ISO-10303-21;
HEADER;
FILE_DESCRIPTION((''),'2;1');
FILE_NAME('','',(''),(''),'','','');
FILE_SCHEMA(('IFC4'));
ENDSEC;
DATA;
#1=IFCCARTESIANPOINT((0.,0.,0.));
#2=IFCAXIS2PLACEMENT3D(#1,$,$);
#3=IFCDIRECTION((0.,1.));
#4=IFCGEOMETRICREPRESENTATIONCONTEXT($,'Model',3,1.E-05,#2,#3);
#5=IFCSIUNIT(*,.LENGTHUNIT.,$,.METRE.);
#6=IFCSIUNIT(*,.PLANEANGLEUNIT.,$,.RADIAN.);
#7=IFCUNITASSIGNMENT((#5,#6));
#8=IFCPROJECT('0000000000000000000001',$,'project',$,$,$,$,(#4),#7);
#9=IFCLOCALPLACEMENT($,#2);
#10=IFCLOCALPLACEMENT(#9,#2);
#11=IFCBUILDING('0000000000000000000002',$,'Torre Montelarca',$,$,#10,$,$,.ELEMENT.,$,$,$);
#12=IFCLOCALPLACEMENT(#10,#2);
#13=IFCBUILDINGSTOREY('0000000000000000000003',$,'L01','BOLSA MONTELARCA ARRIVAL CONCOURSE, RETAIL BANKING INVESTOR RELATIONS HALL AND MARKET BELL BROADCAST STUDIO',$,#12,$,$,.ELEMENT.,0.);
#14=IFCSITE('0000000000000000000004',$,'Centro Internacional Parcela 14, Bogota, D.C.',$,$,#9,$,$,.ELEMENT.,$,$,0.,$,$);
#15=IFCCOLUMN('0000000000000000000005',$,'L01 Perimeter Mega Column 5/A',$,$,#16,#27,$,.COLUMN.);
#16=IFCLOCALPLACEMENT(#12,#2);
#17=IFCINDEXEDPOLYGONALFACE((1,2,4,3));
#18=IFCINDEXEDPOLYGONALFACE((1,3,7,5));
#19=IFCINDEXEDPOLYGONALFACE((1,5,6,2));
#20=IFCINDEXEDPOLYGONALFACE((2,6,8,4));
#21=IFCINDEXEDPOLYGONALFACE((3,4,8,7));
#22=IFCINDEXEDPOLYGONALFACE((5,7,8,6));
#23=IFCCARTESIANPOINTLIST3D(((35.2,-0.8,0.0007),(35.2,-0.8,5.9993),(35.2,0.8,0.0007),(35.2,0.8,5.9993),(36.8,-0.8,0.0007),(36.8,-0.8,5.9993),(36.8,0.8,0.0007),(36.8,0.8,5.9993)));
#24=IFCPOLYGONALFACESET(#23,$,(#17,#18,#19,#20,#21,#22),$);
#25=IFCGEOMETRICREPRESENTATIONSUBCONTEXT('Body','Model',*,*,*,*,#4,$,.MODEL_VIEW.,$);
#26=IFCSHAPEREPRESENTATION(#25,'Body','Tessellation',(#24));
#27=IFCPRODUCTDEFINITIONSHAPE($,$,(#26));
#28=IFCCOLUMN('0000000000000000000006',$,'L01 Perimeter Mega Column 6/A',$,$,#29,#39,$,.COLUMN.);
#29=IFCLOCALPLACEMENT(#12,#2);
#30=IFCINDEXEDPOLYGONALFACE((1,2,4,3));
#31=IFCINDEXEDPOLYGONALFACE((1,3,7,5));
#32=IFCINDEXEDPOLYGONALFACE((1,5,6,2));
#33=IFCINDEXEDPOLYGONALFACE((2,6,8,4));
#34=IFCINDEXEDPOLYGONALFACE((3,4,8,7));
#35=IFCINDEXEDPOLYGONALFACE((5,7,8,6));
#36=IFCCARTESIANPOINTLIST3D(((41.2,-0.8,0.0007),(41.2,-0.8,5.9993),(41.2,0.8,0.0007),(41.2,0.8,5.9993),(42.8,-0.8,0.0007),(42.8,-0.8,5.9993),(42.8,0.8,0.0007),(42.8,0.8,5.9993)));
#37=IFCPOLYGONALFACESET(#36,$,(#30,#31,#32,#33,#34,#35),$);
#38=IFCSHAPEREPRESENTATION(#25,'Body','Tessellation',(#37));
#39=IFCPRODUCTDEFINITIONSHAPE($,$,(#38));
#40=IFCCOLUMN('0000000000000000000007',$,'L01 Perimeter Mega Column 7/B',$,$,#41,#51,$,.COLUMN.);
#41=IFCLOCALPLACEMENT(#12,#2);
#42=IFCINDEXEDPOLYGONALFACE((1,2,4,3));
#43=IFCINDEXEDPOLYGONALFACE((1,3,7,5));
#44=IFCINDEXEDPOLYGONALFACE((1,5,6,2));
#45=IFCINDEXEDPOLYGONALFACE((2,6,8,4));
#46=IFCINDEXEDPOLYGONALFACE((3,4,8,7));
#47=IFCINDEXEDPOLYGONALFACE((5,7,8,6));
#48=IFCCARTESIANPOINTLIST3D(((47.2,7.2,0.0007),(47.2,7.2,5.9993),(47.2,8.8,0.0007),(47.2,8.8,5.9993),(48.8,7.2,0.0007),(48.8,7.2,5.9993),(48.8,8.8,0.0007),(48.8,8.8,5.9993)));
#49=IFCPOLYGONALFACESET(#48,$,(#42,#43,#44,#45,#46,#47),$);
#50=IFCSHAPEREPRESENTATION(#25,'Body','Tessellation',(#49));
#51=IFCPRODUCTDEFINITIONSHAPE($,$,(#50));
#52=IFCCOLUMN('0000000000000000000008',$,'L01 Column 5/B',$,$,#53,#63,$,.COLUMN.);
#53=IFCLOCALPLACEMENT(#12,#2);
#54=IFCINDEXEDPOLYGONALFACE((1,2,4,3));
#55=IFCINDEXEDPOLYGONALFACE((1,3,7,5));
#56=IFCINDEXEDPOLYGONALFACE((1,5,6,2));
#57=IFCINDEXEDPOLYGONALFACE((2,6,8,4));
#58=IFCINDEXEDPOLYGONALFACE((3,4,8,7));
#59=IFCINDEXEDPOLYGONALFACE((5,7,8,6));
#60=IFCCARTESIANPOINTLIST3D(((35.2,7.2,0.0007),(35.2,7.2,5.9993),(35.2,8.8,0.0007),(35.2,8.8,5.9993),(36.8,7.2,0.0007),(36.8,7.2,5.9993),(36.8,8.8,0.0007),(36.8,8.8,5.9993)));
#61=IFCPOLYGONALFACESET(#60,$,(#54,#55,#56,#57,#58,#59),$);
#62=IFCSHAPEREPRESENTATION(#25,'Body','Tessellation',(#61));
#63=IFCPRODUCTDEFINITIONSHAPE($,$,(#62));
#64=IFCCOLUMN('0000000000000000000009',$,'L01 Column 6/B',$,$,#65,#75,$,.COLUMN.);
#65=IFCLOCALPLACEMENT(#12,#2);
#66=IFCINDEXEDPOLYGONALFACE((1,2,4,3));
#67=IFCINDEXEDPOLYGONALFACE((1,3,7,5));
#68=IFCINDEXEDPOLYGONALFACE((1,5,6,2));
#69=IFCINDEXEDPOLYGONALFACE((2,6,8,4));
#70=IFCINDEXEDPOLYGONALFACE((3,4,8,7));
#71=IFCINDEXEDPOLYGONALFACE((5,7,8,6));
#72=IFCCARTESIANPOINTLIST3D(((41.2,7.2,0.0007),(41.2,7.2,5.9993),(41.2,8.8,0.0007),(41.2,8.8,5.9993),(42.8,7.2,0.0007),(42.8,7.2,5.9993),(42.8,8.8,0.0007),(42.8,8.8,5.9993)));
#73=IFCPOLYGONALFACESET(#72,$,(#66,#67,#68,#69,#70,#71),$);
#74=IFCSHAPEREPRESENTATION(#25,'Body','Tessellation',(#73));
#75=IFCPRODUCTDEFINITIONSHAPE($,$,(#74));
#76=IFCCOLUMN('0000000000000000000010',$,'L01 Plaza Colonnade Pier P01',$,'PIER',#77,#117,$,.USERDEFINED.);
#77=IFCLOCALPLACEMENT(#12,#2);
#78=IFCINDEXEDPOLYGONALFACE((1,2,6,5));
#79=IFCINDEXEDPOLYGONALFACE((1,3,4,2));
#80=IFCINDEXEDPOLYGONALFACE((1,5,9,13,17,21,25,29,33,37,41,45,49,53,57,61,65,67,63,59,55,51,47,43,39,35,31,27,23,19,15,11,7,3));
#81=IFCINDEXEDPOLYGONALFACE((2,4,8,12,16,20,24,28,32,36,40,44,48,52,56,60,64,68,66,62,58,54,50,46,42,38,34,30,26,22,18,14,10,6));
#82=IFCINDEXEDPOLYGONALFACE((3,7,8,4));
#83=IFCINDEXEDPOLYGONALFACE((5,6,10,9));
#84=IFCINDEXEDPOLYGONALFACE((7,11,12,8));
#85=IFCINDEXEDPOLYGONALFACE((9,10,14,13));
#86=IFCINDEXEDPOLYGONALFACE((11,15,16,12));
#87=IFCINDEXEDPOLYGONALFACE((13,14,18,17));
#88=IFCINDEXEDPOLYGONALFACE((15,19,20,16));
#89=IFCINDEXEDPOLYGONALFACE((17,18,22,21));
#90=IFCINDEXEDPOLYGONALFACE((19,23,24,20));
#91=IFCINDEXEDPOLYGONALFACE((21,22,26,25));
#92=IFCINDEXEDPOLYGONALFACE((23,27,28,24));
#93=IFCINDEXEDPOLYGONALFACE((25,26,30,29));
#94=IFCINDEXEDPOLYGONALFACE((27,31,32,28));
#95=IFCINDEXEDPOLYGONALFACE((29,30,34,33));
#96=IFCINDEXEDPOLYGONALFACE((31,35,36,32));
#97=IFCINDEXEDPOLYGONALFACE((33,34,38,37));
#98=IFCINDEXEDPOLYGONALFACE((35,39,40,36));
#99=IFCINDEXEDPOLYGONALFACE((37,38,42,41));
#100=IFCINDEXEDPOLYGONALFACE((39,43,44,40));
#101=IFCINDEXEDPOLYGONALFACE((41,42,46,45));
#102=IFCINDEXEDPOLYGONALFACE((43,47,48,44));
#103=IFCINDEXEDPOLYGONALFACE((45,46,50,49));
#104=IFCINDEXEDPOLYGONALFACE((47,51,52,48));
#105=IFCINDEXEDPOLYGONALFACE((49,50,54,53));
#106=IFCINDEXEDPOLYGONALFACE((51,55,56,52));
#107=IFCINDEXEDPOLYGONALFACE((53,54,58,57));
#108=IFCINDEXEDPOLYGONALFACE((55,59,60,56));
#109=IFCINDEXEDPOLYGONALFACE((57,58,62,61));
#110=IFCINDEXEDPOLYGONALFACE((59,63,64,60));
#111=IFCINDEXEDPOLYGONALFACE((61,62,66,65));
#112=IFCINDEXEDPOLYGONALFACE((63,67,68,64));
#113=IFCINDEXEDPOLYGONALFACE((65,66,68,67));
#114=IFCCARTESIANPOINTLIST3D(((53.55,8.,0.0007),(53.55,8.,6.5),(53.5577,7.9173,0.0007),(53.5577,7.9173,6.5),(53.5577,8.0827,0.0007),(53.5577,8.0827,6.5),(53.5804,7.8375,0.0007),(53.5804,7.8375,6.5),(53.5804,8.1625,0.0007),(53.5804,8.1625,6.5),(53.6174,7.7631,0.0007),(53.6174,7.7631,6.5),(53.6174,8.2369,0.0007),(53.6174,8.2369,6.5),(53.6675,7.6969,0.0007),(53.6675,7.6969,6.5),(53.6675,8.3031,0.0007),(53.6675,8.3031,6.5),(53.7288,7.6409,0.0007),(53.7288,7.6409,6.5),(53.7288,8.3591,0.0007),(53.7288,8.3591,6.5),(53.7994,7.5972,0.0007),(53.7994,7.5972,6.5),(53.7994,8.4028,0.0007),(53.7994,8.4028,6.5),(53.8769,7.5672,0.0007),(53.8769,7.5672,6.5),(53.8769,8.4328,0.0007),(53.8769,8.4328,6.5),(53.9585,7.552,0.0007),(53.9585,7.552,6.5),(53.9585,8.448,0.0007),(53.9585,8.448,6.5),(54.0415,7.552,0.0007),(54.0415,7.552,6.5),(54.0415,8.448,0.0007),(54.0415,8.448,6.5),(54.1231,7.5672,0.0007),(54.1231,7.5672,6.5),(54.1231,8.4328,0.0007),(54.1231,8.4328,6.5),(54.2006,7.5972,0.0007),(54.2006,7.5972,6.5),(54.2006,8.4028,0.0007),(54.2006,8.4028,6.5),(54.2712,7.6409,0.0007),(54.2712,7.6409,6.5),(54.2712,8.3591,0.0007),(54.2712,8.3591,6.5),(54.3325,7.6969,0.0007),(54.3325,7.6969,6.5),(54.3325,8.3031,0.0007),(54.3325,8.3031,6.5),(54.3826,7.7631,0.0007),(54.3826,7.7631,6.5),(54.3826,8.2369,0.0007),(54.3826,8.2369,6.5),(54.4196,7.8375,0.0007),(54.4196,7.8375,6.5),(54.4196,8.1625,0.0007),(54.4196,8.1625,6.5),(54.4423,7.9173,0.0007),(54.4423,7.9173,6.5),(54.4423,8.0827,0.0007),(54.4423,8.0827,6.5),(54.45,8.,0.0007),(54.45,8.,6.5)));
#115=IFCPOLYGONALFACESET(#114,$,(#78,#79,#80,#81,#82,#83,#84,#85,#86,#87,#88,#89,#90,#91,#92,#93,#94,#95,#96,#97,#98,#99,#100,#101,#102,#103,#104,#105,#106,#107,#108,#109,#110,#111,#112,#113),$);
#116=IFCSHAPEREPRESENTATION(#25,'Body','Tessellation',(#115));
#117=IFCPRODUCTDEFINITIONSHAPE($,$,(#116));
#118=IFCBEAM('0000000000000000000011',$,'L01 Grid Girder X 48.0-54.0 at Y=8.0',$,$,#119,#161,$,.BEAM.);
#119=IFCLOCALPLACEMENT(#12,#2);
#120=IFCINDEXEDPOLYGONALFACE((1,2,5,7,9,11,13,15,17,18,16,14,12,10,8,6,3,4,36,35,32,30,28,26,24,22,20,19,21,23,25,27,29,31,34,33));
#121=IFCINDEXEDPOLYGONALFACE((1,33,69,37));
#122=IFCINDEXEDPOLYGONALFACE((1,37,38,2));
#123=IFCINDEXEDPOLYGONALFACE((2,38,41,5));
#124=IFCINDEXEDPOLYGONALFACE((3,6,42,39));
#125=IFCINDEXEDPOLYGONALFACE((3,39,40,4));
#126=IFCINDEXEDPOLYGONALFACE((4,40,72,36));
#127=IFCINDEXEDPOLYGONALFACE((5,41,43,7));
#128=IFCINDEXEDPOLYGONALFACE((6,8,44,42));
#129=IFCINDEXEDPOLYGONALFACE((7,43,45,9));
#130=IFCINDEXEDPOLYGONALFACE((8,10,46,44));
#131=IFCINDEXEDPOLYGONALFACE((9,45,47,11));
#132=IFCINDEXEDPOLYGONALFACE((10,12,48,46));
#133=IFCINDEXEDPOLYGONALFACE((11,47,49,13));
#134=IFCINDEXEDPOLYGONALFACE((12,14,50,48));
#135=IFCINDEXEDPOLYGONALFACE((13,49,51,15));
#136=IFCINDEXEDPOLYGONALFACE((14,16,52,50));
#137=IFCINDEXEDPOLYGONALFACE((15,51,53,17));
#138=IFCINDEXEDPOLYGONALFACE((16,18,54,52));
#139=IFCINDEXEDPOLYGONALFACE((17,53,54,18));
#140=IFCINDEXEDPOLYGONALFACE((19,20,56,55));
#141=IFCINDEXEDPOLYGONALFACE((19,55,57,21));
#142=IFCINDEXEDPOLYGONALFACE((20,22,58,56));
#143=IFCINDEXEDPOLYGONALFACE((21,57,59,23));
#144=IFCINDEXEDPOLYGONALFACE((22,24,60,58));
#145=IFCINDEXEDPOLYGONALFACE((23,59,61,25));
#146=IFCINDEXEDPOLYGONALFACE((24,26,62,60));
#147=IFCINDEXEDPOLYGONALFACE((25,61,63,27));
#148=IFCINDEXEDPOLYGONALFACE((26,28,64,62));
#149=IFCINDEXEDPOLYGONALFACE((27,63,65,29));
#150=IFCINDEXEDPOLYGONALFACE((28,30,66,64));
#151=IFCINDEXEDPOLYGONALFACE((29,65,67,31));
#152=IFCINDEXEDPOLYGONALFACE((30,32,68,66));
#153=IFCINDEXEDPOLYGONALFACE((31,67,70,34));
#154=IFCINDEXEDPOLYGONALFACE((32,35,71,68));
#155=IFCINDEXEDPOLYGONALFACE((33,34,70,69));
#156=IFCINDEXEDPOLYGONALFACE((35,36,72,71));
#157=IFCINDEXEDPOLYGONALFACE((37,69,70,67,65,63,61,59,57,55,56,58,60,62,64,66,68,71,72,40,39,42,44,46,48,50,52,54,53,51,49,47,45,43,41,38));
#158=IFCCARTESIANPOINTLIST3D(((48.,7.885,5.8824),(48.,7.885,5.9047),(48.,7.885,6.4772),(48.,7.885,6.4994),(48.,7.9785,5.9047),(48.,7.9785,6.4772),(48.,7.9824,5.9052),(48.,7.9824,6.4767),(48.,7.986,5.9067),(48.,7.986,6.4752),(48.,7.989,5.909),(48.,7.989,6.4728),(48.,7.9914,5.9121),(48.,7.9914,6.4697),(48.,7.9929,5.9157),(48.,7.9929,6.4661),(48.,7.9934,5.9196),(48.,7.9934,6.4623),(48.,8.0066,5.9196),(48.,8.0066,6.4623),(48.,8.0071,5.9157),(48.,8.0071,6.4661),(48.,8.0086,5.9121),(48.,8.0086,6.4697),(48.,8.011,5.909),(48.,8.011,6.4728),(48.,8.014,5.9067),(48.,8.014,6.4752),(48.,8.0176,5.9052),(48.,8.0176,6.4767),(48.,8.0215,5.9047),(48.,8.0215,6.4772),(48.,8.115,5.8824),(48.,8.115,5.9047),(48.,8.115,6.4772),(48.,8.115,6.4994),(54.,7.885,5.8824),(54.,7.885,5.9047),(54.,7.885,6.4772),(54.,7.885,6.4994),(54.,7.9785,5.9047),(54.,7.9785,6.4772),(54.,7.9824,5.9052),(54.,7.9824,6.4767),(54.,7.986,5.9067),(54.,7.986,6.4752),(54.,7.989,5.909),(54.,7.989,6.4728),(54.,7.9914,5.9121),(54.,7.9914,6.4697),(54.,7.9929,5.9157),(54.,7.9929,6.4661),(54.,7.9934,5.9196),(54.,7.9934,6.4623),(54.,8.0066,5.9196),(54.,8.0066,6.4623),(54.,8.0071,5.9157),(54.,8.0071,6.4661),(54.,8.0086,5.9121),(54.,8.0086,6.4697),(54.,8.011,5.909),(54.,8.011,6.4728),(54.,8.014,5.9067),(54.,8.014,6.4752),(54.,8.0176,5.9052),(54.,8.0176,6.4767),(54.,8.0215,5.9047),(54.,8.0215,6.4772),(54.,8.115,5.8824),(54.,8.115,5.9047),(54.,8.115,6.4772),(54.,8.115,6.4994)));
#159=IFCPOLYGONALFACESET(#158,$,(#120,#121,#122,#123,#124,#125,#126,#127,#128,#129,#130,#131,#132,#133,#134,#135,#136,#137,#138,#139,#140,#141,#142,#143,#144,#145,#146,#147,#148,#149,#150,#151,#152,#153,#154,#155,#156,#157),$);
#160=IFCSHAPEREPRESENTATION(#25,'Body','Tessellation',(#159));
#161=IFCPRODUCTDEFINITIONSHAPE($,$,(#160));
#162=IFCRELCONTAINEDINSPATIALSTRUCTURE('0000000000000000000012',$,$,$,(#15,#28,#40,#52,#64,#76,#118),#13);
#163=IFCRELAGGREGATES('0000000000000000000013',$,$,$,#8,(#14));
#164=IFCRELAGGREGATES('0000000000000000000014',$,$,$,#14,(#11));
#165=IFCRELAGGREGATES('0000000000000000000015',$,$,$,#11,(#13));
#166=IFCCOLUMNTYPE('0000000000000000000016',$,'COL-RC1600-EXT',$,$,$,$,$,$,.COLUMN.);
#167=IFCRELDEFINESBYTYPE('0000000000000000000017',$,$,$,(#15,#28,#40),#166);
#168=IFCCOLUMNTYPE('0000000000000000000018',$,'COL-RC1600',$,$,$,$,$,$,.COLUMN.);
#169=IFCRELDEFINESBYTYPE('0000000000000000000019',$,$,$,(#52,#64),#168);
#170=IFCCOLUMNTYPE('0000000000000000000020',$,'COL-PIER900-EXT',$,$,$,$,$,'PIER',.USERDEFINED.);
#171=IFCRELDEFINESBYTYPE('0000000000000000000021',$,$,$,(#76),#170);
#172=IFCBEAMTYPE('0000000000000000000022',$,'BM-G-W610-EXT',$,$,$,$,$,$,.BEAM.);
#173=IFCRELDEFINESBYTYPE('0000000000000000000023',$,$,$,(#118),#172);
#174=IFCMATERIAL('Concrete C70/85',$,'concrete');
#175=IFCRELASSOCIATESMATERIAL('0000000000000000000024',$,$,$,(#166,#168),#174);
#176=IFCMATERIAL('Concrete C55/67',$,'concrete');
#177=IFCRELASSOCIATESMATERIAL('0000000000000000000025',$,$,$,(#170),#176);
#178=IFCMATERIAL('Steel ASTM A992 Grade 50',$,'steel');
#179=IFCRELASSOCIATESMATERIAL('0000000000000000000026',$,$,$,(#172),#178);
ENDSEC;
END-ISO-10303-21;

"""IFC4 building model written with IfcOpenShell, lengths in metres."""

from ifc_helpers import new_model, si_unit, direction, frame, origin, origin_2d, place, context, subcontext, project, spatial, rectangle, circle, i_section, extrude, source, transform, mapped, material, material_profile, profile_set, type_object, element, save


model = new_model("IFC4")

# Units and contexts
model_context = context("Model", 3, precision=1e-05, world=origin(), true_north=direction((0.0, 1.0)))
body_context = subcontext(model_context, "Body", "Model", "MODEL_VIEW")
ifc_project = project(units=[si_unit("LENGTHUNIT", "METRE"), si_unit("PLANEANGLEUNIT", "RADIAN")], contexts=[model_context])

# Site, building, storey
site_placement = place(None, origin())
site = spatial("IfcSite", under=ifc_project, at=site_placement, Name="Centro Internacional Parcela 14, Bogota, D.C.", CompositionType="ELEMENT", RefElevation=0.0)
building_placement = place(site_placement, origin())
building = spatial("IfcBuilding", under=site, at=building_placement, Name="Torre Montelarca", CompositionType="ELEMENT")
storey_placement = place(building_placement, origin())
storey = spatial("IfcBuildingStorey", under=building, at=storey_placement, Name="L01", Description="BOLSA MONTELARCA ARRIVAL CONCOURSE, RETAIL BANKING INVESTOR RELATIONS HALL AND MARKET BELL BROADCAST STUDIO", CompositionType="ELEMENT", Elevation=0.0)

# Columns
ifc_material_1 = material(Name="Concrete C70/85", Category="concrete")
ifc_material_profile_1 = material_profile(ifc_material_1, rectangle(XDim=1.6001, YDim=1.6001, at=origin_2d()), Name="RC1600X1600", Category="concrete")
ifc_profile_set_1 = profile_set([ifc_material_profile_1], Name="Concrete C70/85")
column_type_1 = type_object("IfcColumnType", Name="COL-RC1600-EXT", PredefinedType="COLUMN", material=ifc_profile_set_1)
shared_shape_1 = source(origin(), body_context, "Body", "SweptSolid", [
    extrude(rectangle(XDim=1.6001, YDim=1.6001, at=origin_2d()), origin(), (0.0, 0.0, 1.0), 5.9985),
])
for number, where, z_axis, x_axis, name in (
    (1, (36.0, 0.0, 0.0007), (0.0, 0.0, 1.0), (1.0, 0.0, 0.0), "L01 Perimeter Mega Column 5/A"),
    (2, (42.0, 0.0, 0.0007), (0.0, 0.0, 1.0), (1.0, 0.0, 0.0), "L01 Perimeter Mega Column 6/A"),
    (3, (48.0, 8.0, 0.0007), (0.0, 0.0, 1.0), (1.0, 0.0, 0.0), "L01 Perimeter Mega Column 7/B"),
):
    element("IfcColumn", number, at=place(storey_placement, frame(where, z_axis=z_axis, x_axis=x_axis)), inside=storey, type_object=column_type_1, Name=name, PredefinedType="COLUMN", context=body_context, shape_type="MappedRepresentation", body=[
        mapped(shared_shape_1, transform((0.0, 0.0, 0.0), scale=1.0)),
    ])
ifc_material_profile_2 = material_profile(ifc_material_1, rectangle(XDim=1.6001, YDim=1.6001, at=origin_2d()), Name="RC1600X1600", Category="concrete")
ifc_profile_set_2 = profile_set([ifc_material_profile_2], Name="Concrete C70/85")
column_type_2 = type_object("IfcColumnType", Name="COL-RC1600", PredefinedType="COLUMN", material=ifc_profile_set_2)
shared_shape_2 = source(origin(), body_context, "Body", "SweptSolid", [
    extrude(rectangle(XDim=1.6001, YDim=1.6001, at=origin_2d()), origin(), (0.0, 0.0, 1.0), 5.9985),
])
for number, where, z_axis, x_axis, name in (
    (4, (36.0, 8.0, 0.0007), (0.0, 0.0, 1.0), (1.0, 0.0, 0.0), "L01 Column 5/B"),
    (5, (42.0, 8.0, 0.0007), (0.0, 0.0, 1.0), (1.0, 0.0, 0.0), "L01 Column 6/B"),
):
    element("IfcColumn", number, at=place(storey_placement, frame(where, z_axis=z_axis, x_axis=x_axis)), inside=storey, type_object=column_type_2, Name=name, PredefinedType="COLUMN", context=body_context, shape_type="MappedRepresentation", body=[
        mapped(shared_shape_2, transform((0.0, 0.0, 0.0), scale=1.0)),
    ])
ifc_material_2 = material(Name="Concrete C55/67", Category="concrete")
ifc_material_profile_3 = material_profile(ifc_material_2, circle(Radius=0.45, at=origin_2d()), Name="RCC900", Category="concrete")
ifc_profile_set_3 = profile_set([ifc_material_profile_3], Name="Concrete C55/67")
column_type_3 = type_object("IfcColumnType", Name="COL-PIER900-EXT", ElementType="PIER", PredefinedType="USERDEFINED", material=ifc_profile_set_3)
shared_shape_3 = source(origin(), body_context, "Body", "SweptSolid", [
    extrude(circle(Radius=0.45, at=origin_2d()), origin(), (0.0, 0.0, 1.0), 6.4993),
])
column_placement = place(storey_placement, frame((54.0, 8.0, 0.0007), z_axis=(0.0, 0.0, 1.0), x_axis=(1.0, 0.0, 0.0)))
element("IfcColumn", 6, at=column_placement, inside=storey, type_object=column_type_3, Name="L01 Plaza Colonnade Pier P01", ObjectType="PIER", PredefinedType="USERDEFINED", context=body_context, shape_type="MappedRepresentation", body=[
    mapped(shared_shape_3, transform((0.0, 0.0, 0.0), scale=1.0)),
])

# Beam
ifc_material_3 = material(Name="Steel ASTM A992 Grade 50", Category="steel")
ifc_material_profile_4 = material_profile(ifc_material_3, i_section(OverallWidth=0.23, OverallDepth=0.6169, WebThickness=0.0132, FlangeThickness=0.0222, FilletRadius=0.0149, at=origin_2d()), Name="W610X140", Category="steel")
ifc_profile_set_4 = profile_set([ifc_material_profile_4], Name="Steel ASTM A992 Grade 50")
beam_type_1 = type_object("IfcBeamType", Name="BM-G-W610-EXT", PredefinedType="BEAM", material=ifc_profile_set_4)
shared_shape_4 = source(origin(), body_context, "Body", "SweptSolid", [
    extrude(i_section(OverallWidth=0.23, OverallDepth=0.6169, WebThickness=0.0132, FlangeThickness=0.0222, FilletRadius=0.0149, at=origin_2d()), origin(), (0.0, 0.0, 1.0), 6.0),
])
beam_1_placement = place(storey_placement, frame((48.0, 8.0, 6.1909), z_axis=(1.0, 0.0, 0.0), x_axis=(0.0, 1.0, 0.0)))
element("IfcBeam", 7, at=beam_1_placement, inside=storey, type_object=beam_type_1, Name="L01 Grid Girder X 48.0-54.0 at Y=8.0", PredefinedType="BEAM", context=body_context, shape_type="MappedRepresentation", body=[
    mapped(shared_shape_4, transform((0.0, 0.0, 0.0), scale=1.0)),
])

save(model, "model.ifc")
